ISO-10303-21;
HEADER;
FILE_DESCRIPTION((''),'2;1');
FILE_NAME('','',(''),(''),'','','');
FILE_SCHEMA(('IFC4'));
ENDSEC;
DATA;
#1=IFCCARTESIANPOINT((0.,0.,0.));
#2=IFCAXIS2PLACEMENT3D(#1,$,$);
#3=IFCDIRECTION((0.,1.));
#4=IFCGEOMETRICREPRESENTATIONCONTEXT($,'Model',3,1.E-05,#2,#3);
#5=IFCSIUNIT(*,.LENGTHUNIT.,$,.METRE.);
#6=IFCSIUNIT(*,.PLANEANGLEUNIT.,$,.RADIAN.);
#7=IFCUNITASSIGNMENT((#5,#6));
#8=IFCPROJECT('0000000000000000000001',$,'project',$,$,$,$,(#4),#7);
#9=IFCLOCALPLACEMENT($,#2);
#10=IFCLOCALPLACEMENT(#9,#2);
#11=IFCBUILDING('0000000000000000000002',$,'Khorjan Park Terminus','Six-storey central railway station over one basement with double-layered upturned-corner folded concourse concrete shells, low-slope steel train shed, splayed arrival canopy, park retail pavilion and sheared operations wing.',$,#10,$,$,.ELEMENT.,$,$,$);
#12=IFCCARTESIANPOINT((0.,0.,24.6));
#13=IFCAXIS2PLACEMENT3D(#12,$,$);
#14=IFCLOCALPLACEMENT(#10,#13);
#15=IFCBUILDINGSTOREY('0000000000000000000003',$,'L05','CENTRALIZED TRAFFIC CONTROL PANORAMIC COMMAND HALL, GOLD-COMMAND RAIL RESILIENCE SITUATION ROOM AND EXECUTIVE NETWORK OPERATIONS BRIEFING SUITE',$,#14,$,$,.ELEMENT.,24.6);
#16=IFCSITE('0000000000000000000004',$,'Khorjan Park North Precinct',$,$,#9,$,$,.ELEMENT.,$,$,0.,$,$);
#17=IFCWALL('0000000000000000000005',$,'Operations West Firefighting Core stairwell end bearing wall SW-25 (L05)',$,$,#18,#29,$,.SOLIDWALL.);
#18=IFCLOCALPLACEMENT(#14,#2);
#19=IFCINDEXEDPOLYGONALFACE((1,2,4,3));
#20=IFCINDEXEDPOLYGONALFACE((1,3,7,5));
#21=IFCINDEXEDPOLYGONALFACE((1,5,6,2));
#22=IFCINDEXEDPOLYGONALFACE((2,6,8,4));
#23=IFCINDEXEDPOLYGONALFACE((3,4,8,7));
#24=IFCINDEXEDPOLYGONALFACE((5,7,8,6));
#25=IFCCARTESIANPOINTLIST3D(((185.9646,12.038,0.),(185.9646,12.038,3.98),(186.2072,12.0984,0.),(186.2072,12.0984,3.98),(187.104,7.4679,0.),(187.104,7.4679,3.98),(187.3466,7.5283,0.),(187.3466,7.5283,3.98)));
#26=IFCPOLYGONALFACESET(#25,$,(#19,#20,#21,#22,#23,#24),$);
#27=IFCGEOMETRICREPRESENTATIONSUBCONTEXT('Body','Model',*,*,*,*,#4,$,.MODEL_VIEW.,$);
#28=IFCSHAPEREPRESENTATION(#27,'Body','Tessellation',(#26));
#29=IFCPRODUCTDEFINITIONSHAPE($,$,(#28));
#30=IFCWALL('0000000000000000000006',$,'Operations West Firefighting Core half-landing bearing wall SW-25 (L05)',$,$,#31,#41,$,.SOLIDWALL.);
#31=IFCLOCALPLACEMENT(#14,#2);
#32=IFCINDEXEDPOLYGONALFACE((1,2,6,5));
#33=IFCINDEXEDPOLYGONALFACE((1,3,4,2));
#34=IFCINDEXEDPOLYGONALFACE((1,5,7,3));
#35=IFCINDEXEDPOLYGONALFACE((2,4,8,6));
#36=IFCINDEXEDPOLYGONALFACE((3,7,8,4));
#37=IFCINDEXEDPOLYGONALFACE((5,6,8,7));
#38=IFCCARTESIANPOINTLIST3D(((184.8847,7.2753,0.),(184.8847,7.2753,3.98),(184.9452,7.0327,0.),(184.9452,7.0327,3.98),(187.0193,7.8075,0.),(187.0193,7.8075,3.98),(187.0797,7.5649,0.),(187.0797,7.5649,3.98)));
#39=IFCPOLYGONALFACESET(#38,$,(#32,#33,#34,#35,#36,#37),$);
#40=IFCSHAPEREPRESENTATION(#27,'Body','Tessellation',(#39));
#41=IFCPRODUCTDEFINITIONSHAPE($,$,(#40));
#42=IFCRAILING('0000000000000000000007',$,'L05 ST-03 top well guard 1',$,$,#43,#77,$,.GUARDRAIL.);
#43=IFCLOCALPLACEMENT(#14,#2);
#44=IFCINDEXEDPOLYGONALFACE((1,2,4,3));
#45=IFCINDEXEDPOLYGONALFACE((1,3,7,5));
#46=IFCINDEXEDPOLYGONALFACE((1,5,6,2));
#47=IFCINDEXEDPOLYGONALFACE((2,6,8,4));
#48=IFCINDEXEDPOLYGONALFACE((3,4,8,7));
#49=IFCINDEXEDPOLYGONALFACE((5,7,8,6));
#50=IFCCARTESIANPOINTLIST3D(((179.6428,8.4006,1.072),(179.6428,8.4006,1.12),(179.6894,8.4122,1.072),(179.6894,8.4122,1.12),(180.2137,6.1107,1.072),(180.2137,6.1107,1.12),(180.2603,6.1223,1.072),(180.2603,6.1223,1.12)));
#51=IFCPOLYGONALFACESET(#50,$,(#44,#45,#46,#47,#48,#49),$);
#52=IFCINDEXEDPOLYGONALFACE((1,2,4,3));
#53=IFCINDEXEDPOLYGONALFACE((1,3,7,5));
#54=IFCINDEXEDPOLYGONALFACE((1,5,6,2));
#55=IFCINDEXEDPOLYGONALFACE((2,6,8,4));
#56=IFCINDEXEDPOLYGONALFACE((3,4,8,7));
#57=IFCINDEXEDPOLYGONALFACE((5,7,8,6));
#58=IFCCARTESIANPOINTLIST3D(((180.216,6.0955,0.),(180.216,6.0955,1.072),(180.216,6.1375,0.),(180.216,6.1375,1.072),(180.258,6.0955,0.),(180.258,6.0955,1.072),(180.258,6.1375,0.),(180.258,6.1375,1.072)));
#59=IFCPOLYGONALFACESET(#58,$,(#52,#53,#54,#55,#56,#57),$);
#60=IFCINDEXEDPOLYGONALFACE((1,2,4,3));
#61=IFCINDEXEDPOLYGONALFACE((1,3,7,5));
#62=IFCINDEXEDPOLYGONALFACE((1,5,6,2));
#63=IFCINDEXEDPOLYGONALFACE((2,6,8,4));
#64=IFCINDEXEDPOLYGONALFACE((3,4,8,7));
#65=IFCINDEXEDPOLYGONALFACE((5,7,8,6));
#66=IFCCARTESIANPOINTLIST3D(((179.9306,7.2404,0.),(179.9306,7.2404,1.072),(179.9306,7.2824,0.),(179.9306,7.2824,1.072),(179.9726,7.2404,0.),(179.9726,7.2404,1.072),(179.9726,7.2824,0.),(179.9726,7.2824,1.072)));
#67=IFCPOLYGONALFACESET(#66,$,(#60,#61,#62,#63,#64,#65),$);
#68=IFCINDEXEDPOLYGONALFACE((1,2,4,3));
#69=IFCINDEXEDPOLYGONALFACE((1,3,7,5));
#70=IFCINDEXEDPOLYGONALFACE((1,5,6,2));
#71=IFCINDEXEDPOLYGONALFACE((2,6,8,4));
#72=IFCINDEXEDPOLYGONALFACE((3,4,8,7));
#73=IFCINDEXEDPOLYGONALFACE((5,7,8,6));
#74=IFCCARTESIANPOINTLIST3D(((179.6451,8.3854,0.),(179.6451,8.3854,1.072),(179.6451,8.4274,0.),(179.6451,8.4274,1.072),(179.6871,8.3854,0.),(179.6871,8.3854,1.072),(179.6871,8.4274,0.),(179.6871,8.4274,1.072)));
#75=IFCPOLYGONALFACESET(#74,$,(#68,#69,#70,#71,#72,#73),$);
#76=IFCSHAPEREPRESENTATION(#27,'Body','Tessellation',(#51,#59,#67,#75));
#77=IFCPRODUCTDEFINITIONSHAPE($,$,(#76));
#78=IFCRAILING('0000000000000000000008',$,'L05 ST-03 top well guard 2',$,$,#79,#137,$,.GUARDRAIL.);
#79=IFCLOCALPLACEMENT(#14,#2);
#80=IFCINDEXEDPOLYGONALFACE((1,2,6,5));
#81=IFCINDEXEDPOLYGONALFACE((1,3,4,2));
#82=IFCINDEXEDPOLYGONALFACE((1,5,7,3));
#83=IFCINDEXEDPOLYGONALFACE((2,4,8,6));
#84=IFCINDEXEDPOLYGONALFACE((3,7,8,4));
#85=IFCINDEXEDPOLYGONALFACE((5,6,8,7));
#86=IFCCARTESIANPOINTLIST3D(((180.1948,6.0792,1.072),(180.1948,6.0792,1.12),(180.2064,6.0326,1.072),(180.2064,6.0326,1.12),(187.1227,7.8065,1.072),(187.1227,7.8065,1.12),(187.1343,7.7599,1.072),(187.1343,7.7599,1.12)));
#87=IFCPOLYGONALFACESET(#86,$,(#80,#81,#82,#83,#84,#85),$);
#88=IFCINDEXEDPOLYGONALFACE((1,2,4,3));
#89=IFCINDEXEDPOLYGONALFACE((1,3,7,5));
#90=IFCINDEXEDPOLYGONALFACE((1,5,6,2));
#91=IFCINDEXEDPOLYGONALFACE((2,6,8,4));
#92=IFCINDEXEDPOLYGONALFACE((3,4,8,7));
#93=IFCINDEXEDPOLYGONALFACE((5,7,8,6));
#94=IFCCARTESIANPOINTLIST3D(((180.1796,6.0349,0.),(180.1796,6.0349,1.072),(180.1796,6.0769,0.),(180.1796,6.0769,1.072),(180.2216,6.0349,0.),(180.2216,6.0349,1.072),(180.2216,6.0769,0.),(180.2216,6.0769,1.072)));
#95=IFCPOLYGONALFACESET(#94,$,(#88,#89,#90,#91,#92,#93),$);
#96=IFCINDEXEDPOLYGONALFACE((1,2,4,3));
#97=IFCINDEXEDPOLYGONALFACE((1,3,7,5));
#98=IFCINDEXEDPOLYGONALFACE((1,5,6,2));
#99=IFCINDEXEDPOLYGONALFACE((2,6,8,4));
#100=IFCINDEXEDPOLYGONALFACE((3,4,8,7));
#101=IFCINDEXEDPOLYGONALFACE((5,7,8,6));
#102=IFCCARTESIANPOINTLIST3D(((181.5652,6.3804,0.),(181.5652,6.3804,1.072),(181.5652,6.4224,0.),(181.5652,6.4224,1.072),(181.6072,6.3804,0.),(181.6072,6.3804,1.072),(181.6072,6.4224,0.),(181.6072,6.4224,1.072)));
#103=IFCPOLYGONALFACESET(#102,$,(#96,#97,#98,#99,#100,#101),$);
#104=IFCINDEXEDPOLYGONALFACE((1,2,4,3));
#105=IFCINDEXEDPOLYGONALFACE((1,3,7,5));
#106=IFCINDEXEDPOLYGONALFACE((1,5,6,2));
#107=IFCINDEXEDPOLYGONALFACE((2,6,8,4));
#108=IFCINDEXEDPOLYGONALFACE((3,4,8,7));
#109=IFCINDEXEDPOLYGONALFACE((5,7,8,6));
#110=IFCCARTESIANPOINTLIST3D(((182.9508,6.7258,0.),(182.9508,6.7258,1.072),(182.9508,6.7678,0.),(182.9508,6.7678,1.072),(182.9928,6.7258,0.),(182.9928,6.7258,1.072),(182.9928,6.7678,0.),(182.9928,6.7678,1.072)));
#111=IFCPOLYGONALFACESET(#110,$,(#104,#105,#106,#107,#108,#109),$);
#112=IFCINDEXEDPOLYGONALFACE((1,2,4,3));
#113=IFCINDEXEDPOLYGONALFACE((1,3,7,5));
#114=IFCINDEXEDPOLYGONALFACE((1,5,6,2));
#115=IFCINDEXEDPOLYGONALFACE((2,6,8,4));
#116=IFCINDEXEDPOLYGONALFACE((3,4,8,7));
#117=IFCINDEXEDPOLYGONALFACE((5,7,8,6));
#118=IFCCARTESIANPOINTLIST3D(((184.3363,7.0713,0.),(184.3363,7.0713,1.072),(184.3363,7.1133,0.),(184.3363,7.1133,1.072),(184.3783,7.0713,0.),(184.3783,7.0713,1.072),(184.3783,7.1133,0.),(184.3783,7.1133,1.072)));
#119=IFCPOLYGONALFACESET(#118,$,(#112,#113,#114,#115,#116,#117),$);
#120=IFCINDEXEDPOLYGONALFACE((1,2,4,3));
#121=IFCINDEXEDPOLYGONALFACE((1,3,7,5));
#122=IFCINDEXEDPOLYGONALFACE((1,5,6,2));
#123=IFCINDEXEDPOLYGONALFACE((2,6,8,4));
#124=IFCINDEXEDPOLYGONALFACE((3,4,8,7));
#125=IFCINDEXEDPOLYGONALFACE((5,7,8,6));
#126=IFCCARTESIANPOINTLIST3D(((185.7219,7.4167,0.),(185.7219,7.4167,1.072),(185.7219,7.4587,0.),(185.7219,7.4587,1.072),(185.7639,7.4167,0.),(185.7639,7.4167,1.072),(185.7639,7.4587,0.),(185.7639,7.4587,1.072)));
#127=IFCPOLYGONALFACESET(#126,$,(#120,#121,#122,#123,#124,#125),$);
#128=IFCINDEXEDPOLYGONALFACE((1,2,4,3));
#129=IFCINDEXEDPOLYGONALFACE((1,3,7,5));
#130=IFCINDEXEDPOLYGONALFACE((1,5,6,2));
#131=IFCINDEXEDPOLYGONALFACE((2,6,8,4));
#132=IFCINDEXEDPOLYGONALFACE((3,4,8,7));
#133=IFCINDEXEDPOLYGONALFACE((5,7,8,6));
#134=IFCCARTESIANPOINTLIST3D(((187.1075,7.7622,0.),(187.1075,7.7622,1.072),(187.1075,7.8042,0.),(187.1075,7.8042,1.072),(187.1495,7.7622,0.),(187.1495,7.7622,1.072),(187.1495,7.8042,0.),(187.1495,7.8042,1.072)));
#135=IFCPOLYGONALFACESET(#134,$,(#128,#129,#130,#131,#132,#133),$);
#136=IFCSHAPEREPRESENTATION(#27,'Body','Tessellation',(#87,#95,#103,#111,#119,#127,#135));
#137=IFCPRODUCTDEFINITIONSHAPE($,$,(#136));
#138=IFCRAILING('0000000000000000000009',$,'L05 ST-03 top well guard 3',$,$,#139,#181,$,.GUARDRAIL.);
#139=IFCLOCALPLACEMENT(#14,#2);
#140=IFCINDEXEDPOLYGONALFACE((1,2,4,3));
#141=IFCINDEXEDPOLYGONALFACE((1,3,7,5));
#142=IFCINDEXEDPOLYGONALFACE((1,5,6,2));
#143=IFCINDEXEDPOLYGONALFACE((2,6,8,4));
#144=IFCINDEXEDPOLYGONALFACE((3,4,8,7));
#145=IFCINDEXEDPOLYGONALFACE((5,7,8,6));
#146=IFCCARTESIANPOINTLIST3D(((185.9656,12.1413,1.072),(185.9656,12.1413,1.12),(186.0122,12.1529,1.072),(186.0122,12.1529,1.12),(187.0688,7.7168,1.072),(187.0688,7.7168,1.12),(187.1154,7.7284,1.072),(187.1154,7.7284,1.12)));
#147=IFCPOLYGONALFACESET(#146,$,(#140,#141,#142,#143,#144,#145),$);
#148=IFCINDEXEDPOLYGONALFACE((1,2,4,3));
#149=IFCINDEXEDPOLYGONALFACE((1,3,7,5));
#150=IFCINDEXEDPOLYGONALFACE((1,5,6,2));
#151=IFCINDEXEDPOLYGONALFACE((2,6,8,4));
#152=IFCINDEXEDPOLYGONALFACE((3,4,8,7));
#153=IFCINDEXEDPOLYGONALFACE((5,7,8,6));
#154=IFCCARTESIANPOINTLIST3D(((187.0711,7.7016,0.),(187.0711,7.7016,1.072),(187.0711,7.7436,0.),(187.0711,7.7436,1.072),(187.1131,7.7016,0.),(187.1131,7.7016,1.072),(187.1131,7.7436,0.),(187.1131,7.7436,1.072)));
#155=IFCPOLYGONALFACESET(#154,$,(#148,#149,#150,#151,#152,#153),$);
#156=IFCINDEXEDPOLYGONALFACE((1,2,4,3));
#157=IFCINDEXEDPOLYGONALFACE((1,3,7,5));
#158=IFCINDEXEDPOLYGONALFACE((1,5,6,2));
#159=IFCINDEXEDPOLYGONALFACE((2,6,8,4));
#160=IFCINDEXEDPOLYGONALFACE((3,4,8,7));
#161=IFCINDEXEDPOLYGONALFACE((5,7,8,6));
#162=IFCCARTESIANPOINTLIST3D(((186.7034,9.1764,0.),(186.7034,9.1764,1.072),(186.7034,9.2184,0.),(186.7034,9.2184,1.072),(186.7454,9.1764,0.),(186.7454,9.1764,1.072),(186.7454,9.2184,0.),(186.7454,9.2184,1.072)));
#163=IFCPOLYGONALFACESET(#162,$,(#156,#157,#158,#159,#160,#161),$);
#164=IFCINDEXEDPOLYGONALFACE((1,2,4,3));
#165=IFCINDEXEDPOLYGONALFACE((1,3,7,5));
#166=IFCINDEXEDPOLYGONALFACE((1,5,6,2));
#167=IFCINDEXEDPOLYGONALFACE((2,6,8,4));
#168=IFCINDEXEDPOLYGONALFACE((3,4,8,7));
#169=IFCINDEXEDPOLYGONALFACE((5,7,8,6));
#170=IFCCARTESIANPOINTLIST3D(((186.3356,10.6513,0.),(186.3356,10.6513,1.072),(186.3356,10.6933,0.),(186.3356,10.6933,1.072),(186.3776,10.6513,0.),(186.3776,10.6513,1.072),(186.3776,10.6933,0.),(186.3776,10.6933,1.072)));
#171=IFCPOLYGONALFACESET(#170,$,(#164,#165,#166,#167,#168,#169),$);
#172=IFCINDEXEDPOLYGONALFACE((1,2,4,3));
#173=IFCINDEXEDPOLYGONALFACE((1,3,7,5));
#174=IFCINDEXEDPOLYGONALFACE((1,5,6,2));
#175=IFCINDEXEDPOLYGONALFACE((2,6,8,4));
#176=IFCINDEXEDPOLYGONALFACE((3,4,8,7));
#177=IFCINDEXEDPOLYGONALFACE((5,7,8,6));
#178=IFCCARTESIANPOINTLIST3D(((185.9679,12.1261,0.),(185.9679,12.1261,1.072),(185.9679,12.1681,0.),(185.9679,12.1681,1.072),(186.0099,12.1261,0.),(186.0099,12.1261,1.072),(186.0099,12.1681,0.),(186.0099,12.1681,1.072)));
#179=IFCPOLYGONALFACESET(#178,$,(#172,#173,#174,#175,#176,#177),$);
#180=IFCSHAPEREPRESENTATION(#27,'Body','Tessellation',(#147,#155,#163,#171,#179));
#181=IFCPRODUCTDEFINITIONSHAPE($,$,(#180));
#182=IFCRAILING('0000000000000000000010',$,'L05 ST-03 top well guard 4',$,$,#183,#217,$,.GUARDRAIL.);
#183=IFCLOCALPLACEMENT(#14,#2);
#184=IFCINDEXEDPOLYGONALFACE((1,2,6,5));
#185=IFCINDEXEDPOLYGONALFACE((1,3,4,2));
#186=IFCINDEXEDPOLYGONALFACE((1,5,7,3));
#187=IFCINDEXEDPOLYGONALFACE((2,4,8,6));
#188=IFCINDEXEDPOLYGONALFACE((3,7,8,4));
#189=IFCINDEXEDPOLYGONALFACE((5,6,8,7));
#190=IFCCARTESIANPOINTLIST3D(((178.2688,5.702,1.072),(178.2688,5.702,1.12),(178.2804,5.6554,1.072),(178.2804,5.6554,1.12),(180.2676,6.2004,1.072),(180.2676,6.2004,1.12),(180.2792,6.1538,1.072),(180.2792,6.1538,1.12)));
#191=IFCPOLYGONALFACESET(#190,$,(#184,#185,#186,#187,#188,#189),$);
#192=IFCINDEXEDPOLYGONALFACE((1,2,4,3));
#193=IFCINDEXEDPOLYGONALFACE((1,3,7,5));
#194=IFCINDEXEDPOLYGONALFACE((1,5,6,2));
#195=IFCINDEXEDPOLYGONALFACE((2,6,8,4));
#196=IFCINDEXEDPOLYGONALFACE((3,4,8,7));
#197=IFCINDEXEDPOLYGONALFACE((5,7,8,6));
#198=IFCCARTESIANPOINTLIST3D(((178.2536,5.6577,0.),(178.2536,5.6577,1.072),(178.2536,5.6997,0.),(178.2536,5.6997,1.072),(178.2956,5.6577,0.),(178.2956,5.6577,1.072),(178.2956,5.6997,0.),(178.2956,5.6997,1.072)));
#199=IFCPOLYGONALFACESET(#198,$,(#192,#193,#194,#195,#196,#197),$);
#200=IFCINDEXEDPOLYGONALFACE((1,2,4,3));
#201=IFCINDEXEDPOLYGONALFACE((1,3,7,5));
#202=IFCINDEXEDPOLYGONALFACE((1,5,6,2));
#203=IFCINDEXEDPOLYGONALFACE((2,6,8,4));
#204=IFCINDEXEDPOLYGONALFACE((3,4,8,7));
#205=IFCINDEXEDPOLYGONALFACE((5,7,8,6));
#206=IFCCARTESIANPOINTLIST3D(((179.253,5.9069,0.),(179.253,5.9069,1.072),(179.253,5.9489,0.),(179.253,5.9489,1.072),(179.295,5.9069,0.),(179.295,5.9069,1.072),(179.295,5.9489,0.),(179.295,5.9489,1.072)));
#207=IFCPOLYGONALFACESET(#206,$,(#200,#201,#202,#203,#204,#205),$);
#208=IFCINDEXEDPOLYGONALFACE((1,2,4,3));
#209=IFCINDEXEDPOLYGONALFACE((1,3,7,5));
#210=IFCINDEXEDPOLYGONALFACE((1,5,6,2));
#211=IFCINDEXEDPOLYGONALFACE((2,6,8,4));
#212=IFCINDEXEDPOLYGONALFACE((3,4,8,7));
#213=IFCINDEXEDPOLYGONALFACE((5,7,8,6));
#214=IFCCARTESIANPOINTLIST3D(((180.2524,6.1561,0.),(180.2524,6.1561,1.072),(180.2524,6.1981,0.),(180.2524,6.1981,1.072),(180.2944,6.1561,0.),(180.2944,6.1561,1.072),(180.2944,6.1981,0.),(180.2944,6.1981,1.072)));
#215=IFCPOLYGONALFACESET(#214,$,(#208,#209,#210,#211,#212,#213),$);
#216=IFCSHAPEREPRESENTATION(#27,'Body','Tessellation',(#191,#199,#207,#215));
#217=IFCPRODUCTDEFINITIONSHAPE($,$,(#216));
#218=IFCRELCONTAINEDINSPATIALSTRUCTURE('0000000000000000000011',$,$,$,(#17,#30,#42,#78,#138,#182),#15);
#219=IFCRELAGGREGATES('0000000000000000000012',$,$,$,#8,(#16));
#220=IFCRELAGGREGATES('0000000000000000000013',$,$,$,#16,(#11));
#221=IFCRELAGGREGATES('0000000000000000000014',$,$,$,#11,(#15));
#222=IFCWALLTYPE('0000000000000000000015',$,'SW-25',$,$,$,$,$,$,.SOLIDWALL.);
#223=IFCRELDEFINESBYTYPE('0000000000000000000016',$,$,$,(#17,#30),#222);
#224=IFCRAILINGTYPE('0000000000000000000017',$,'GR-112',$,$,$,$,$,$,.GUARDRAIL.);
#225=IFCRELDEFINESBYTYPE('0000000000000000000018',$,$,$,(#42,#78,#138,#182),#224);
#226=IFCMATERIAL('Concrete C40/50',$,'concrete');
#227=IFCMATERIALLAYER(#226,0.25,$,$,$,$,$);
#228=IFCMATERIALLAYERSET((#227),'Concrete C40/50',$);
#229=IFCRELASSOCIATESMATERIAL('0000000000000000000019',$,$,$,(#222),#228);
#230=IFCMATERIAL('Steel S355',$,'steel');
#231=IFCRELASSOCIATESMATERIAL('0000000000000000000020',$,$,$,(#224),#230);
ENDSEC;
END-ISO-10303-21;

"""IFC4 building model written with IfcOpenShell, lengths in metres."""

from ifc_helpers import new_model, si_unit, direction, frame, frame_2d, origin, origin_2d, place, context, subcontext, project, spatial, rectangle, extrude, material, layer, layer_set, type_object, element, save


model = new_model("IFC4")

# Units and contexts
model_context = context("Model", 3, precision=1e-05, world=origin(), true_north=direction((0.0, 1.0)))
body_context = subcontext(model_context, "Body", "Model", "MODEL_VIEW")
ifc_project = project(units=[si_unit("LENGTHUNIT", "METRE"), si_unit("PLANEANGLEUNIT", "RADIAN")], contexts=[model_context])

# Site, building, storey
site_placement = place(None, origin())
site = spatial("IfcSite", under=ifc_project, at=site_placement, Name="Khorjan Park North Precinct", CompositionType="ELEMENT", RefElevation=0.0)
building_placement = place(site_placement, origin())
building = spatial("IfcBuilding", under=site, at=building_placement, Name="Khorjan Park Terminus", Description="Six-storey central railway station over one basement with double-layered upturned-corner folded concourse concrete shells, low-slope steel train shed, splayed arrival canopy, park retail pavilion and sheared operations wing.", CompositionType="ELEMENT")
storey_placement = place(building_placement, frame((0.0, 0.0, 24.6)))
storey = spatial("IfcBuildingStorey", under=building, at=storey_placement, Name="L05", Description="CENTRALIZED TRAFFIC CONTROL PANORAMIC COMMAND HALL, GOLD-COMMAND RAIL RESILIENCE SITUATION ROOM AND EXECUTIVE NETWORK OPERATIONS BRIEFING SUITE", CompositionType="ELEMENT", Elevation=24.6)

# Shared definitions
ifc_material_1 = material(Name="Concrete C40/50", Category="concrete")

# Shared definitions
ifc_layer_1 = layer(ifc_material_1, 0.25)
ifc_layer_set_1 = layer_set([ifc_layer_1], Name="Concrete C40/50")
wall_type_1 = type_object("IfcWallType", Name="SW-25", PredefinedType="SOLIDWALL", material=ifc_layer_set_1)

# Walls
wall_1_placement = place(storey_placement, frame((187.2253, 7.4981, 0.0), z_axis=(0.0, 0.0, 1.0), x_axis=(-0.241911, 0.970298, 0.0)))
element("IfcWall", 1, at=wall_1_placement, inside=storey, type_object=wall_type_1, Name="Operations West Firefighting Core stairwell end bearing wall SW-25 (L05)", PredefinedType="SOLIDWALL", context=body_context, shape_type="SweptSolid", body=[
    extrude(rectangle(XDim=4.71, YDim=0.25, at=frame_2d((2.355, 0.0))), origin(), (0.0, 0.0, 1.0), 3.98),
])
wall_2_placement = place(storey_placement, frame((184.915, 7.154, 0.0), z_axis=(0.0, 0.0, 1.0), x_axis=(0.970297, 0.241915, 0.0)))
element("IfcWall", 2, at=wall_2_placement, inside=storey, type_object=wall_type_1, Name="Operations West Firefighting Core half-landing bearing wall SW-25 (L05)", PredefinedType="SOLIDWALL", context=body_context, shape_type="SweptSolid", body=[
    extrude(rectangle(XDim=2.1999, YDim=0.25, at=frame_2d((1.0999, 0.0))), origin(), (0.0, 0.0, 1.0), 3.98),
])

# Railings
ifc_material_2 = material(Name="Steel S355", Category="steel")
railing_type = type_object("IfcRailingType", Name="GR-112", PredefinedType="GUARDRAIL", material=ifc_material_2)
railing_1_placement = place(storey_placement, frame((180.237, 6.1165, 0.0)))
element("IfcRailing", 3, at=railing_1_placement, inside=storey, type_object=railing_type, Name="L05 ST-03 top well guard 1", PredefinedType="GUARDRAIL", context=body_context, shape_type="SweptSolid", body=[
    extrude(rectangle(XDim=0.048, YDim=0.048, at=origin_2d()), frame((0.0, 0.0, 1.096), z_axis=(-0.241907, 0.970299, 0.0), x_axis=(-0.970299, -0.241907, 0.0)), (0.0, 0.0, 1.0), 2.36),
    extrude(rectangle(XDim=0.042, YDim=0.042, at=origin_2d()), origin(), (0.0, 0.0, 1.0), 1.072),
    extrude(rectangle(XDim=0.042, YDim=0.042, at=origin_2d()), frame((-0.2854, 1.1449, 0.0)), (0.0, 0.0, 1.0), 1.072),
    extrude(rectangle(XDim=0.042, YDim=0.042, at=origin_2d()), frame((-0.5709, 2.2899, 0.0)), (0.0, 0.0, 1.0), 1.072),
])
railing_2_placement = place(storey_placement, frame((180.2006, 6.0559, 0.0)))
element("IfcRailing", 4, at=railing_2_placement, inside=storey, type_object=railing_type, Name="L05 ST-03 top well guard 2", PredefinedType="GUARDRAIL", context=body_context, shape_type="SweptSolid", body=[
    extrude(rectangle(XDim=0.048, YDim=0.048, at=origin_2d()), frame((0.0, 0.0, 1.096), z_axis=(0.970296, 0.241919, 0.0), x_axis=(-0.241919, 0.970296, 0.0)), (0.0, 0.0, 1.0), 7.14),
    extrude(rectangle(XDim=0.042, YDim=0.042, at=origin_2d()), origin(), (0.0, 0.0, 1.0), 1.072),
    extrude(rectangle(XDim=0.042, YDim=0.042, at=origin_2d()), frame((1.3856, 0.3455, 0.0)), (0.0, 0.0, 1.0), 1.072),
    extrude(rectangle(XDim=0.042, YDim=0.042, at=origin_2d()), frame((2.7712, 0.6909, 0.0)), (0.0, 0.0, 1.0), 1.072),
    extrude(rectangle(XDim=0.042, YDim=0.042, at=origin_2d()), frame((4.1567, 1.0364, 0.0)), (0.0, 0.0, 1.0), 1.072),
    extrude(rectangle(XDim=0.042, YDim=0.042, at=origin_2d()), frame((5.5423, 1.3818, 0.0)), (0.0, 0.0, 1.0), 1.072),
    extrude(rectangle(XDim=0.042, YDim=0.042, at=origin_2d()), frame((6.9279, 1.7273, 0.0)), (0.0, 0.0, 1.0), 1.072),
])
railing_3_placement = place(storey_placement, frame((187.0921, 7.7226, 0.0)))
element("IfcRailing", 5, at=railing_3_placement, inside=storey, type_object=railing_type, Name="L05 ST-03 top well guard 3", PredefinedType="GUARDRAIL", context=body_context, shape_type="SweptSolid", body=[
    extrude(rectangle(XDim=0.048, YDim=0.048, at=origin_2d()), frame((0.0, 0.0, 1.096), z_axis=(-0.241932, 0.970293, 0.0), x_axis=(-0.970293, -0.241932, 0.0)), (0.0, 0.0, 1.0), 4.56),
    extrude(rectangle(XDim=0.042, YDim=0.042, at=origin_2d()), origin(), (0.0, 0.0, 1.0), 1.072),
    extrude(rectangle(XDim=0.042, YDim=0.042, at=origin_2d()), frame((-0.3677, 1.4748, 0.0)), (0.0, 0.0, 1.0), 1.072),
    extrude(rectangle(XDim=0.042, YDim=0.042, at=origin_2d()), frame((-0.7355, 2.9497, 0.0)), (0.0, 0.0, 1.0), 1.072),
    extrude(rectangle(XDim=0.042, YDim=0.042, at=origin_2d()), frame((-1.1032, 4.4245, 0.0)), (0.0, 0.0, 1.0), 1.072),
])
railing_4_placement = place(storey_placement, frame((178.2746, 5.6787, 0.0)))
element("IfcRailing", 6, at=railing_4_placement, inside=storey, type_object=railing_type, Name="L05 ST-03 top well guard 4", PredefinedType="GUARDRAIL", context=body_context, shape_type="SweptSolid", body=[
    extrude(rectangle(XDim=0.048, YDim=0.048, at=origin_2d()), frame((0.0, 0.0, 1.096), z_axis=(0.970291, 0.241942, 0.0), x_axis=(-0.241942, 0.970291, 0.0)), (0.0, 0.0, 1.0), 2.06),
    extrude(rectangle(XDim=0.042, YDim=0.042, at=origin_2d()), origin(), (0.0, 0.0, 1.0), 1.072),
    extrude(rectangle(XDim=0.042, YDim=0.042, at=origin_2d()), frame((0.9994, 0.2492, 0.0)), (0.0, 0.0, 1.0), 1.072),
    extrude(rectangle(XDim=0.042, YDim=0.042, at=origin_2d()), frame((1.9988, 0.4984, 0.0)), (0.0, 0.0, 1.0), 1.072),
])

save(model, "model.ifc")
